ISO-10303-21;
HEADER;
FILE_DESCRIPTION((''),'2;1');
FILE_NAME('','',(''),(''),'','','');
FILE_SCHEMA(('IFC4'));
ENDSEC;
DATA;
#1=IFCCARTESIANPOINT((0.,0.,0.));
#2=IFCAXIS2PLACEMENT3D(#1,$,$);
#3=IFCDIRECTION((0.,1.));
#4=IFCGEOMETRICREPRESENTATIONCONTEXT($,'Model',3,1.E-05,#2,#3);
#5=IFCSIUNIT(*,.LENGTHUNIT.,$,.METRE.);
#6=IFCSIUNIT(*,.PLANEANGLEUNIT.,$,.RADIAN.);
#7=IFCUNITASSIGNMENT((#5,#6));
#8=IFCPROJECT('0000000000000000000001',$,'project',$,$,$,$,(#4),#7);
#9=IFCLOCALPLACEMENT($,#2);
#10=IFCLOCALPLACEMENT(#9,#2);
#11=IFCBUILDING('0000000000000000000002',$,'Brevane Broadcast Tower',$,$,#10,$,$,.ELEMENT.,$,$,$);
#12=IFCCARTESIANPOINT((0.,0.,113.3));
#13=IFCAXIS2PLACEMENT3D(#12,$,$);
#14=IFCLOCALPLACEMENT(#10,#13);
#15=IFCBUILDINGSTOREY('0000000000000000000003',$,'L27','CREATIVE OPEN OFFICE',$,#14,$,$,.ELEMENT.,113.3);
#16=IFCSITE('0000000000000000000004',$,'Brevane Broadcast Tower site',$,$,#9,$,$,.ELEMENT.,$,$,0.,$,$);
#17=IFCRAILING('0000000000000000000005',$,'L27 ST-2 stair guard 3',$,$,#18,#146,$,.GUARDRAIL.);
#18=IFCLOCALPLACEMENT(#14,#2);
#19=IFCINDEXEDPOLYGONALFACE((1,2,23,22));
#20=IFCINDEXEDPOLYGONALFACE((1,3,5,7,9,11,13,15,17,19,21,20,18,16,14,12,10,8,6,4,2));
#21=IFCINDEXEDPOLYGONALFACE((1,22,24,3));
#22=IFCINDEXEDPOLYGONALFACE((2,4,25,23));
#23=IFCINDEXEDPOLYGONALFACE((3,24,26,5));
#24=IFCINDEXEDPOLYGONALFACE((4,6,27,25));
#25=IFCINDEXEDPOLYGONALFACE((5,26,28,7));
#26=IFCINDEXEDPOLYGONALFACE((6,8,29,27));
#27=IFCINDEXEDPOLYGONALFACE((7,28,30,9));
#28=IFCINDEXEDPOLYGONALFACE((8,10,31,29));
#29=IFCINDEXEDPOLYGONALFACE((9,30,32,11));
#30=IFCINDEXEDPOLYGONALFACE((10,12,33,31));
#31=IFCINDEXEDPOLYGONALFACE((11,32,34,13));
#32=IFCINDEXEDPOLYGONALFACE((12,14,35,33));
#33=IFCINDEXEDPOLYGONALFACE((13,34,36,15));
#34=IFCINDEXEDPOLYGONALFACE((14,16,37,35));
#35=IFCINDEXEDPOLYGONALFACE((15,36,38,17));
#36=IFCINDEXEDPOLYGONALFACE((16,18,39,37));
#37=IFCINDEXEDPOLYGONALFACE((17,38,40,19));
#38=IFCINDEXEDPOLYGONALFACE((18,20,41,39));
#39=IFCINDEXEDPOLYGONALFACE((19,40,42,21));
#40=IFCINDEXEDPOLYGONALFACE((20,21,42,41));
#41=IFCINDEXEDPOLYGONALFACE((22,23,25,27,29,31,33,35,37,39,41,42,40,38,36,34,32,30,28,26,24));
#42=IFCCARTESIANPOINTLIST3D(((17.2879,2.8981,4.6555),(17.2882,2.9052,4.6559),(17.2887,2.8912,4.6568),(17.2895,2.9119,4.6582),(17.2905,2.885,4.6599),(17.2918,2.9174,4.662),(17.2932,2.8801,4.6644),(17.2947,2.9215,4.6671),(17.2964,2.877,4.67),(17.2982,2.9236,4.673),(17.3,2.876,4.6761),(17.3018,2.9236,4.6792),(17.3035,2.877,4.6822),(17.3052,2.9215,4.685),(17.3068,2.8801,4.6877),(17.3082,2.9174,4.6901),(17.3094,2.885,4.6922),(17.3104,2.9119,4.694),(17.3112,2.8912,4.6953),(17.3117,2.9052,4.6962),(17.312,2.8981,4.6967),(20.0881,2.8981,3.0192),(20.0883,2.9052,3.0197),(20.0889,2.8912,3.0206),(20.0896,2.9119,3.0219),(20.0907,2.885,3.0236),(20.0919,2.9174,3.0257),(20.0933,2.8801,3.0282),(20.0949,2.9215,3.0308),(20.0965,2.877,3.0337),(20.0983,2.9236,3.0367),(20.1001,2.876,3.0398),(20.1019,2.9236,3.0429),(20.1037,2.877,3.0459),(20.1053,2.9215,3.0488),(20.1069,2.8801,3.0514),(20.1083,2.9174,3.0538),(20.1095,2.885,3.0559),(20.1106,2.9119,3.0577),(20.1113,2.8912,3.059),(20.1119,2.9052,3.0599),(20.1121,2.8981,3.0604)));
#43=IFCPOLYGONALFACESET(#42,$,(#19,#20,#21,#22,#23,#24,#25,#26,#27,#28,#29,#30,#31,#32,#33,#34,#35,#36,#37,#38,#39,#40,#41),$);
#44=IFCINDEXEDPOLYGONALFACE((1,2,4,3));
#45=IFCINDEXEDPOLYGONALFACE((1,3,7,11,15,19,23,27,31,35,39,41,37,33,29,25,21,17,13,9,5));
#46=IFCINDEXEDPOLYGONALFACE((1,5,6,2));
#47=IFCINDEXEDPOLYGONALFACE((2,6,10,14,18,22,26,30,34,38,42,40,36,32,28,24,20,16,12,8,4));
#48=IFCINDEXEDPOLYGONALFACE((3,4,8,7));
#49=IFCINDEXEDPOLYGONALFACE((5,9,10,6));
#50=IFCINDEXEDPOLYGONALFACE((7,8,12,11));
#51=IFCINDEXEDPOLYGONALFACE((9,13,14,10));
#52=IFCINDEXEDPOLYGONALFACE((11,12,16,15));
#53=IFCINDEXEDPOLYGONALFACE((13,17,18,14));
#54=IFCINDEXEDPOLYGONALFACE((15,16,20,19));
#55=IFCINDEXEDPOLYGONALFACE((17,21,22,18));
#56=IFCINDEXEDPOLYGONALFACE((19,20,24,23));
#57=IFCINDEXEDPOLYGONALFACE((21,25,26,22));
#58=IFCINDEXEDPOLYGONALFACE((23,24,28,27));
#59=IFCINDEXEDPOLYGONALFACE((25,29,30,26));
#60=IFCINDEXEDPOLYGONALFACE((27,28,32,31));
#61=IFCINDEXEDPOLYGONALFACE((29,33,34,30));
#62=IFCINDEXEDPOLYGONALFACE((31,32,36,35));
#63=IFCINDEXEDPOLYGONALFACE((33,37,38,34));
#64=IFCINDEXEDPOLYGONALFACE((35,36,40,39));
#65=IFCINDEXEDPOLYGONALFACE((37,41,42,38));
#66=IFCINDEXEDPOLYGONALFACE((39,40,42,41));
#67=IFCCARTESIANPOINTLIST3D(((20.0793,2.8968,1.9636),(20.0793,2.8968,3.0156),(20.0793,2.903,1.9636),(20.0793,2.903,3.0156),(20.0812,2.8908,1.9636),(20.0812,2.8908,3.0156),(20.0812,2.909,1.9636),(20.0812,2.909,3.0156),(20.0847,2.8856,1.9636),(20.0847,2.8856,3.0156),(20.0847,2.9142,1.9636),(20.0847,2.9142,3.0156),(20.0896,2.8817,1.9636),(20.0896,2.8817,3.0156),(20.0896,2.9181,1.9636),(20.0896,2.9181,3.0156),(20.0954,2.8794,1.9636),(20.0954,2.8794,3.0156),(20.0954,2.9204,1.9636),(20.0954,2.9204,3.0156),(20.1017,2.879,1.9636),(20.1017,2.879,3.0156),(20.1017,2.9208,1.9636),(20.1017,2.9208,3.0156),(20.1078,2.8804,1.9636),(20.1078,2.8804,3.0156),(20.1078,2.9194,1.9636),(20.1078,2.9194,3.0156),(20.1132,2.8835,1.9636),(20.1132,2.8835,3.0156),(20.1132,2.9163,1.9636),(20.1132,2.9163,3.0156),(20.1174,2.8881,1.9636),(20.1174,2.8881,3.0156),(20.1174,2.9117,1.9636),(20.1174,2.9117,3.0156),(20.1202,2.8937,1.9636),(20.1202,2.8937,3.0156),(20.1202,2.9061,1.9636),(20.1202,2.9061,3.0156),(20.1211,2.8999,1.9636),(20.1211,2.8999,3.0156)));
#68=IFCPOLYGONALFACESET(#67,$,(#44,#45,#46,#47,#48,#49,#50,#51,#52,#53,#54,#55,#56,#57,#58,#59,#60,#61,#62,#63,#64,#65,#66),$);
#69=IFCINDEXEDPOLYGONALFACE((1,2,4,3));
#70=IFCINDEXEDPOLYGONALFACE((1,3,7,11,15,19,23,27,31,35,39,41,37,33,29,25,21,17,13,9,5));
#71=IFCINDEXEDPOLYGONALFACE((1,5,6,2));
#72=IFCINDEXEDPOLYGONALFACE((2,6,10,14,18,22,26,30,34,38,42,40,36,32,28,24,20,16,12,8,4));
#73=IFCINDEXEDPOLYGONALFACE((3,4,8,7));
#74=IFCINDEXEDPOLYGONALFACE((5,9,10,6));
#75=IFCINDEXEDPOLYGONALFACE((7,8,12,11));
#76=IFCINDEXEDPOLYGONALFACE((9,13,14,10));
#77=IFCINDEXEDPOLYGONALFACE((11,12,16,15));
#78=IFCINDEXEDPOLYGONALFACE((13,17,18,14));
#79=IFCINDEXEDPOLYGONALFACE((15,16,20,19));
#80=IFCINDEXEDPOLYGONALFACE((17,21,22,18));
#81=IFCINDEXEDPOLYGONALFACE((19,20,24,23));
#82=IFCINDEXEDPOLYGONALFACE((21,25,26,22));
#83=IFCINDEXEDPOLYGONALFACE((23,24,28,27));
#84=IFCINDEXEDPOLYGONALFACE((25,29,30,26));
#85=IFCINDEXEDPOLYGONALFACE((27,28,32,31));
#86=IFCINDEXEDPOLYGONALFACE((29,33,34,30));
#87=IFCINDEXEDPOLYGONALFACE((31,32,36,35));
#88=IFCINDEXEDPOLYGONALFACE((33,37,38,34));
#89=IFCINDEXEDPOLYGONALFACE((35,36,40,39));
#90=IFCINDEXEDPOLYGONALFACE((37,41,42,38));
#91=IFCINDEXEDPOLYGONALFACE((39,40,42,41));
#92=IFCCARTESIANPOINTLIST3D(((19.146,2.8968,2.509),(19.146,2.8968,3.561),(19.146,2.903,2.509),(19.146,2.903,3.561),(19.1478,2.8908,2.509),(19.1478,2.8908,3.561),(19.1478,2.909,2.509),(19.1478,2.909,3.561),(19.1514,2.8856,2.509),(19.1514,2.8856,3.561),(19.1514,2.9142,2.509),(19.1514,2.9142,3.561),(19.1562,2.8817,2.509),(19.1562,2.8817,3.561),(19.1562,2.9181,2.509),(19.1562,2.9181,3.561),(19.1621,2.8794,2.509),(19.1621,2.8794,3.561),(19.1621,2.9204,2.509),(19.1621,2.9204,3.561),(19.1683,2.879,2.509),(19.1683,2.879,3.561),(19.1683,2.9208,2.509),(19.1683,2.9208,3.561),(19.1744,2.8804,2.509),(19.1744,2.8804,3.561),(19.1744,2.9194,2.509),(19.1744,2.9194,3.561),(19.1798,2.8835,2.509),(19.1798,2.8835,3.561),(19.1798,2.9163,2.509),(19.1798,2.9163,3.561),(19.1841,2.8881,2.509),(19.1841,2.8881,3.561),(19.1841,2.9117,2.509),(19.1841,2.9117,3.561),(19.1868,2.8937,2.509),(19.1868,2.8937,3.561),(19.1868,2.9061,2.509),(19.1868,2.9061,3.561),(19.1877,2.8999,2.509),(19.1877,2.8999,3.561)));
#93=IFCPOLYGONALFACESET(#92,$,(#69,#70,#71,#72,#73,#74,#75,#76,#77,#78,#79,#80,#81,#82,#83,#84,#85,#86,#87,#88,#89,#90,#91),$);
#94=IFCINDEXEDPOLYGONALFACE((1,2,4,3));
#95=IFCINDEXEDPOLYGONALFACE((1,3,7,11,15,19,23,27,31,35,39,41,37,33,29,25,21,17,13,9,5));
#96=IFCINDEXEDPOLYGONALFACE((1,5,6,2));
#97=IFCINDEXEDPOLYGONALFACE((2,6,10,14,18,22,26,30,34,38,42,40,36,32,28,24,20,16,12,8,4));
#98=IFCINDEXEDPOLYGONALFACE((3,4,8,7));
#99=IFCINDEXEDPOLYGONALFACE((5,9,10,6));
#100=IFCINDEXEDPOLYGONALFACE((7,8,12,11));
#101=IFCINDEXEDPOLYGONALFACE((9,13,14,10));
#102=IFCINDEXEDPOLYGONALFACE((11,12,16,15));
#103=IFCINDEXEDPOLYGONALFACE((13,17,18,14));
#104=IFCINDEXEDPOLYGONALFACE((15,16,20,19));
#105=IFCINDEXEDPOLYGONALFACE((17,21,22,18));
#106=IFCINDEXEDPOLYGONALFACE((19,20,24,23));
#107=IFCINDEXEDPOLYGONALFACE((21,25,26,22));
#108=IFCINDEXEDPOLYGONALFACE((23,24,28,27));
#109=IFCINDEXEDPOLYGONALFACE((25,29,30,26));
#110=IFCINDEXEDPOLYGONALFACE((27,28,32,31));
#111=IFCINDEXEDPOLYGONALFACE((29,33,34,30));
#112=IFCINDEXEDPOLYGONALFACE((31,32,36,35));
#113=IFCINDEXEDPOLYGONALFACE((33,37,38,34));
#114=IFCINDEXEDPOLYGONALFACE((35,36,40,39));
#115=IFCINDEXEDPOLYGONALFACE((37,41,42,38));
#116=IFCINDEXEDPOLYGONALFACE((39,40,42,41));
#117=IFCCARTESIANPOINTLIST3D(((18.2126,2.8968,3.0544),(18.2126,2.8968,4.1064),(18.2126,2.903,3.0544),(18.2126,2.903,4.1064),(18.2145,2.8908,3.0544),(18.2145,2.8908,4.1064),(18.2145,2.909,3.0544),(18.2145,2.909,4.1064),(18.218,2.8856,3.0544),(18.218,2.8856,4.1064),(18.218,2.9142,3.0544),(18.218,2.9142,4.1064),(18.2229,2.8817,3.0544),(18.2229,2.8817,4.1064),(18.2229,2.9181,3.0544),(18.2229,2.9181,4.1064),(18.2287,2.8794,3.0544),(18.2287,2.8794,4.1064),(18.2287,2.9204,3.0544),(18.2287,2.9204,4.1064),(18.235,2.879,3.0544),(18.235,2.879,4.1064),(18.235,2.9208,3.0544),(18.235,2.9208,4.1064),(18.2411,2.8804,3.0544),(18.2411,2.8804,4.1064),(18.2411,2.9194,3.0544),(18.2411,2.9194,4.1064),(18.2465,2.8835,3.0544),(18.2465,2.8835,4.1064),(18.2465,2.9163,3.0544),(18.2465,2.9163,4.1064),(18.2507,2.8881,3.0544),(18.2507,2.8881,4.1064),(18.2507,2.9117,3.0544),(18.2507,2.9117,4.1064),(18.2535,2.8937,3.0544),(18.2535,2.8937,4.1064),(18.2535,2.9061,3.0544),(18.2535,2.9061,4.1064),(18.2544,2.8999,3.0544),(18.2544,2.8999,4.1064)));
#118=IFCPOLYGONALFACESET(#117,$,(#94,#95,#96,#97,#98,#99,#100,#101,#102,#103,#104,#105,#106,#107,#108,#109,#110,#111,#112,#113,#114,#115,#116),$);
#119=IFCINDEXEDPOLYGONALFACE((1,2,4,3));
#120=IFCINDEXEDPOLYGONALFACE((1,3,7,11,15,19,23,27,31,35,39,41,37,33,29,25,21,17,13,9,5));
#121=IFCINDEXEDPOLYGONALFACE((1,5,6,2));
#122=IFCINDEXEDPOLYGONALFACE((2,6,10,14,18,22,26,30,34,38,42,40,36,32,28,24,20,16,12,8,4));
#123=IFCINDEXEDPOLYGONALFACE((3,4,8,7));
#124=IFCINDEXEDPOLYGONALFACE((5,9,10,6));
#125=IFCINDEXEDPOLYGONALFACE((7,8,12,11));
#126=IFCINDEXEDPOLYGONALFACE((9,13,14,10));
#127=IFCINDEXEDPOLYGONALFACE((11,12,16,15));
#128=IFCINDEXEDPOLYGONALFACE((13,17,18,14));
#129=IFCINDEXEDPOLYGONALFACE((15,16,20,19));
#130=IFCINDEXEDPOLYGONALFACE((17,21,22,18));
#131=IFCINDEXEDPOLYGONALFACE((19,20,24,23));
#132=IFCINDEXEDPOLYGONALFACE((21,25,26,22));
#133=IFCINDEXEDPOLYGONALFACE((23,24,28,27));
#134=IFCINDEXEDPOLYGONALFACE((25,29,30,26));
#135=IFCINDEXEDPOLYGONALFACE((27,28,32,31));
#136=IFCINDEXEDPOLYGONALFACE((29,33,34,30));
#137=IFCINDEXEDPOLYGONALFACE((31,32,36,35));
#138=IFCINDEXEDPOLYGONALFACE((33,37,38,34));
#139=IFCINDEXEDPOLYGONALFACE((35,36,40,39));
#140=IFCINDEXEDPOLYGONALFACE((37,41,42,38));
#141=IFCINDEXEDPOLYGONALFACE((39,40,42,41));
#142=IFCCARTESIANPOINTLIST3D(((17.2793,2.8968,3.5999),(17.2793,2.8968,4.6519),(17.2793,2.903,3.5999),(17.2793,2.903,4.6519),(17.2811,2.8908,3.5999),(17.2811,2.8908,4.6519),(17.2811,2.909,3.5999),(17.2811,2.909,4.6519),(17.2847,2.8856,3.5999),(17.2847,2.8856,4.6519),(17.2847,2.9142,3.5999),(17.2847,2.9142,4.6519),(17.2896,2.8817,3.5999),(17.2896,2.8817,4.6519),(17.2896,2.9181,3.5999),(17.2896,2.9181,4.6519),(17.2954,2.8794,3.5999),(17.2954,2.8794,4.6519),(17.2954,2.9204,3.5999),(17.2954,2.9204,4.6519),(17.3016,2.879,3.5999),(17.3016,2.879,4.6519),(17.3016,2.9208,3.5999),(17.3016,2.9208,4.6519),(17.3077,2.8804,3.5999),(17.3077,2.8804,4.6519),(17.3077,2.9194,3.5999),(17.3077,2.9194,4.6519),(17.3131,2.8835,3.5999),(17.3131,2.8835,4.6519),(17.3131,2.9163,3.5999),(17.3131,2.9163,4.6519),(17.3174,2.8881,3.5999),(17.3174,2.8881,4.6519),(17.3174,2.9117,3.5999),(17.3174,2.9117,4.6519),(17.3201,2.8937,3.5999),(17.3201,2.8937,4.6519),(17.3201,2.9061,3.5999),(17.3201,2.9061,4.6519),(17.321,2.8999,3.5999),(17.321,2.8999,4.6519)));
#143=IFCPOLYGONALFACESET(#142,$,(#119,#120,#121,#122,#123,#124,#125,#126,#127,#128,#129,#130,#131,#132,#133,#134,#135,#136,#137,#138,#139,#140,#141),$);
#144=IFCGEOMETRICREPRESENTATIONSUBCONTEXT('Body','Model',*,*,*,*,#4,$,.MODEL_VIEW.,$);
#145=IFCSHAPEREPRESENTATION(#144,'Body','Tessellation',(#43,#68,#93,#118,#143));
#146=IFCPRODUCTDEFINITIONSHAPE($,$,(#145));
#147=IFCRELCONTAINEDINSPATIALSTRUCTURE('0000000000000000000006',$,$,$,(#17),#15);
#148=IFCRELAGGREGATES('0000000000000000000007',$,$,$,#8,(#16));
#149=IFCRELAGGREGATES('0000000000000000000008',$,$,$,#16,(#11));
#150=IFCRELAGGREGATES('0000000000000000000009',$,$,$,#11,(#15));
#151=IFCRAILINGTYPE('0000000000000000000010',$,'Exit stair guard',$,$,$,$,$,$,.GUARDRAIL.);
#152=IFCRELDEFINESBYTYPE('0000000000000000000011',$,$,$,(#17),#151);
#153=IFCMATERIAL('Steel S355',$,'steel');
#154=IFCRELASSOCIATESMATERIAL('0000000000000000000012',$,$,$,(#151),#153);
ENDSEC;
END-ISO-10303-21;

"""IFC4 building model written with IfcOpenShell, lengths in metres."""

from ifc_helpers import new_model, si_unit, direction, frame, origin, origin_2d, place, context, subcontext, project, spatial, circle, extrude, material, type_object, element, save


model = new_model("IFC4")

# Units and contexts
model_context = context("Model", 3, precision=1e-05, world=origin(), true_north=direction((0.0, 1.0)))
body_context = subcontext(model_context, "Body", "Model", "MODEL_VIEW")
ifc_project = project(units=[si_unit("LENGTHUNIT", "METRE"), si_unit("PLANEANGLEUNIT", "RADIAN")], contexts=[model_context])

# Site, building, storey
site_placement = place(None, origin())
site = spatial("IfcSite", under=ifc_project, at=site_placement, Name="Brevane Broadcast Tower site", CompositionType="ELEMENT", RefElevation=0.0)
building_placement = place(site_placement, origin())
building = spatial("IfcBuilding", under=site, at=building_placement, Name="Brevane Broadcast Tower", CompositionType="ELEMENT")
storey_placement = place(building_placement, frame((0.0, 0.0, 113.3)))
storey = spatial("IfcBuildingStorey", under=building, at=storey_placement, Name="L27", Description="CREATIVE OPEN OFFICE", CompositionType="ELEMENT", Elevation=113.3)

# Railing
ifc_material_1 = material(Name="Steel S355", Category="steel")
railing_type_1 = type_object("IfcRailingType", Name="Exit stair guard", PredefinedType="GUARDRAIL", material=ifc_material_1)
railing_1_placement = place(storey_placement, frame((20.1001, 2.8999, 1.9636)))
element("IfcRailing", 1, at=railing_1_placement, inside=storey, type_object=railing_type_1, Name="L27 ST-2 stair guard 3", PredefinedType="GUARDRAIL", context=body_context, shape_type="SweptSolid", body=[
    extrude(circle(Radius=0.0239, at=origin_2d()), frame((0.0, 0.0, 1.0762), z_axis=(-0.863394, 0.0, 0.504531), x_axis=(0.0, -1.0, 0.0)), (0.0, 0.0, 1.0), 3.2432),
    extrude(circle(Radius=0.021, at=origin_2d()), origin(), (0.0, 0.0, 1.0), 1.052),
    extrude(circle(Radius=0.021, at=origin_2d()), frame((-0.9333, 0.0, 0.5454)), (0.0, 0.0, 1.0), 1.052),
    extrude(circle(Radius=0.021, at=origin_2d()), frame((-1.8667, 0.0, 1.0908)), (0.0, 0.0, 1.0), 1.052),
    extrude(circle(Radius=0.021, at=origin_2d()), frame((-2.8, 0.0, 1.6362)), (0.0, 0.0, 1.0), 1.052),
])

save(model, "model.ifc")
